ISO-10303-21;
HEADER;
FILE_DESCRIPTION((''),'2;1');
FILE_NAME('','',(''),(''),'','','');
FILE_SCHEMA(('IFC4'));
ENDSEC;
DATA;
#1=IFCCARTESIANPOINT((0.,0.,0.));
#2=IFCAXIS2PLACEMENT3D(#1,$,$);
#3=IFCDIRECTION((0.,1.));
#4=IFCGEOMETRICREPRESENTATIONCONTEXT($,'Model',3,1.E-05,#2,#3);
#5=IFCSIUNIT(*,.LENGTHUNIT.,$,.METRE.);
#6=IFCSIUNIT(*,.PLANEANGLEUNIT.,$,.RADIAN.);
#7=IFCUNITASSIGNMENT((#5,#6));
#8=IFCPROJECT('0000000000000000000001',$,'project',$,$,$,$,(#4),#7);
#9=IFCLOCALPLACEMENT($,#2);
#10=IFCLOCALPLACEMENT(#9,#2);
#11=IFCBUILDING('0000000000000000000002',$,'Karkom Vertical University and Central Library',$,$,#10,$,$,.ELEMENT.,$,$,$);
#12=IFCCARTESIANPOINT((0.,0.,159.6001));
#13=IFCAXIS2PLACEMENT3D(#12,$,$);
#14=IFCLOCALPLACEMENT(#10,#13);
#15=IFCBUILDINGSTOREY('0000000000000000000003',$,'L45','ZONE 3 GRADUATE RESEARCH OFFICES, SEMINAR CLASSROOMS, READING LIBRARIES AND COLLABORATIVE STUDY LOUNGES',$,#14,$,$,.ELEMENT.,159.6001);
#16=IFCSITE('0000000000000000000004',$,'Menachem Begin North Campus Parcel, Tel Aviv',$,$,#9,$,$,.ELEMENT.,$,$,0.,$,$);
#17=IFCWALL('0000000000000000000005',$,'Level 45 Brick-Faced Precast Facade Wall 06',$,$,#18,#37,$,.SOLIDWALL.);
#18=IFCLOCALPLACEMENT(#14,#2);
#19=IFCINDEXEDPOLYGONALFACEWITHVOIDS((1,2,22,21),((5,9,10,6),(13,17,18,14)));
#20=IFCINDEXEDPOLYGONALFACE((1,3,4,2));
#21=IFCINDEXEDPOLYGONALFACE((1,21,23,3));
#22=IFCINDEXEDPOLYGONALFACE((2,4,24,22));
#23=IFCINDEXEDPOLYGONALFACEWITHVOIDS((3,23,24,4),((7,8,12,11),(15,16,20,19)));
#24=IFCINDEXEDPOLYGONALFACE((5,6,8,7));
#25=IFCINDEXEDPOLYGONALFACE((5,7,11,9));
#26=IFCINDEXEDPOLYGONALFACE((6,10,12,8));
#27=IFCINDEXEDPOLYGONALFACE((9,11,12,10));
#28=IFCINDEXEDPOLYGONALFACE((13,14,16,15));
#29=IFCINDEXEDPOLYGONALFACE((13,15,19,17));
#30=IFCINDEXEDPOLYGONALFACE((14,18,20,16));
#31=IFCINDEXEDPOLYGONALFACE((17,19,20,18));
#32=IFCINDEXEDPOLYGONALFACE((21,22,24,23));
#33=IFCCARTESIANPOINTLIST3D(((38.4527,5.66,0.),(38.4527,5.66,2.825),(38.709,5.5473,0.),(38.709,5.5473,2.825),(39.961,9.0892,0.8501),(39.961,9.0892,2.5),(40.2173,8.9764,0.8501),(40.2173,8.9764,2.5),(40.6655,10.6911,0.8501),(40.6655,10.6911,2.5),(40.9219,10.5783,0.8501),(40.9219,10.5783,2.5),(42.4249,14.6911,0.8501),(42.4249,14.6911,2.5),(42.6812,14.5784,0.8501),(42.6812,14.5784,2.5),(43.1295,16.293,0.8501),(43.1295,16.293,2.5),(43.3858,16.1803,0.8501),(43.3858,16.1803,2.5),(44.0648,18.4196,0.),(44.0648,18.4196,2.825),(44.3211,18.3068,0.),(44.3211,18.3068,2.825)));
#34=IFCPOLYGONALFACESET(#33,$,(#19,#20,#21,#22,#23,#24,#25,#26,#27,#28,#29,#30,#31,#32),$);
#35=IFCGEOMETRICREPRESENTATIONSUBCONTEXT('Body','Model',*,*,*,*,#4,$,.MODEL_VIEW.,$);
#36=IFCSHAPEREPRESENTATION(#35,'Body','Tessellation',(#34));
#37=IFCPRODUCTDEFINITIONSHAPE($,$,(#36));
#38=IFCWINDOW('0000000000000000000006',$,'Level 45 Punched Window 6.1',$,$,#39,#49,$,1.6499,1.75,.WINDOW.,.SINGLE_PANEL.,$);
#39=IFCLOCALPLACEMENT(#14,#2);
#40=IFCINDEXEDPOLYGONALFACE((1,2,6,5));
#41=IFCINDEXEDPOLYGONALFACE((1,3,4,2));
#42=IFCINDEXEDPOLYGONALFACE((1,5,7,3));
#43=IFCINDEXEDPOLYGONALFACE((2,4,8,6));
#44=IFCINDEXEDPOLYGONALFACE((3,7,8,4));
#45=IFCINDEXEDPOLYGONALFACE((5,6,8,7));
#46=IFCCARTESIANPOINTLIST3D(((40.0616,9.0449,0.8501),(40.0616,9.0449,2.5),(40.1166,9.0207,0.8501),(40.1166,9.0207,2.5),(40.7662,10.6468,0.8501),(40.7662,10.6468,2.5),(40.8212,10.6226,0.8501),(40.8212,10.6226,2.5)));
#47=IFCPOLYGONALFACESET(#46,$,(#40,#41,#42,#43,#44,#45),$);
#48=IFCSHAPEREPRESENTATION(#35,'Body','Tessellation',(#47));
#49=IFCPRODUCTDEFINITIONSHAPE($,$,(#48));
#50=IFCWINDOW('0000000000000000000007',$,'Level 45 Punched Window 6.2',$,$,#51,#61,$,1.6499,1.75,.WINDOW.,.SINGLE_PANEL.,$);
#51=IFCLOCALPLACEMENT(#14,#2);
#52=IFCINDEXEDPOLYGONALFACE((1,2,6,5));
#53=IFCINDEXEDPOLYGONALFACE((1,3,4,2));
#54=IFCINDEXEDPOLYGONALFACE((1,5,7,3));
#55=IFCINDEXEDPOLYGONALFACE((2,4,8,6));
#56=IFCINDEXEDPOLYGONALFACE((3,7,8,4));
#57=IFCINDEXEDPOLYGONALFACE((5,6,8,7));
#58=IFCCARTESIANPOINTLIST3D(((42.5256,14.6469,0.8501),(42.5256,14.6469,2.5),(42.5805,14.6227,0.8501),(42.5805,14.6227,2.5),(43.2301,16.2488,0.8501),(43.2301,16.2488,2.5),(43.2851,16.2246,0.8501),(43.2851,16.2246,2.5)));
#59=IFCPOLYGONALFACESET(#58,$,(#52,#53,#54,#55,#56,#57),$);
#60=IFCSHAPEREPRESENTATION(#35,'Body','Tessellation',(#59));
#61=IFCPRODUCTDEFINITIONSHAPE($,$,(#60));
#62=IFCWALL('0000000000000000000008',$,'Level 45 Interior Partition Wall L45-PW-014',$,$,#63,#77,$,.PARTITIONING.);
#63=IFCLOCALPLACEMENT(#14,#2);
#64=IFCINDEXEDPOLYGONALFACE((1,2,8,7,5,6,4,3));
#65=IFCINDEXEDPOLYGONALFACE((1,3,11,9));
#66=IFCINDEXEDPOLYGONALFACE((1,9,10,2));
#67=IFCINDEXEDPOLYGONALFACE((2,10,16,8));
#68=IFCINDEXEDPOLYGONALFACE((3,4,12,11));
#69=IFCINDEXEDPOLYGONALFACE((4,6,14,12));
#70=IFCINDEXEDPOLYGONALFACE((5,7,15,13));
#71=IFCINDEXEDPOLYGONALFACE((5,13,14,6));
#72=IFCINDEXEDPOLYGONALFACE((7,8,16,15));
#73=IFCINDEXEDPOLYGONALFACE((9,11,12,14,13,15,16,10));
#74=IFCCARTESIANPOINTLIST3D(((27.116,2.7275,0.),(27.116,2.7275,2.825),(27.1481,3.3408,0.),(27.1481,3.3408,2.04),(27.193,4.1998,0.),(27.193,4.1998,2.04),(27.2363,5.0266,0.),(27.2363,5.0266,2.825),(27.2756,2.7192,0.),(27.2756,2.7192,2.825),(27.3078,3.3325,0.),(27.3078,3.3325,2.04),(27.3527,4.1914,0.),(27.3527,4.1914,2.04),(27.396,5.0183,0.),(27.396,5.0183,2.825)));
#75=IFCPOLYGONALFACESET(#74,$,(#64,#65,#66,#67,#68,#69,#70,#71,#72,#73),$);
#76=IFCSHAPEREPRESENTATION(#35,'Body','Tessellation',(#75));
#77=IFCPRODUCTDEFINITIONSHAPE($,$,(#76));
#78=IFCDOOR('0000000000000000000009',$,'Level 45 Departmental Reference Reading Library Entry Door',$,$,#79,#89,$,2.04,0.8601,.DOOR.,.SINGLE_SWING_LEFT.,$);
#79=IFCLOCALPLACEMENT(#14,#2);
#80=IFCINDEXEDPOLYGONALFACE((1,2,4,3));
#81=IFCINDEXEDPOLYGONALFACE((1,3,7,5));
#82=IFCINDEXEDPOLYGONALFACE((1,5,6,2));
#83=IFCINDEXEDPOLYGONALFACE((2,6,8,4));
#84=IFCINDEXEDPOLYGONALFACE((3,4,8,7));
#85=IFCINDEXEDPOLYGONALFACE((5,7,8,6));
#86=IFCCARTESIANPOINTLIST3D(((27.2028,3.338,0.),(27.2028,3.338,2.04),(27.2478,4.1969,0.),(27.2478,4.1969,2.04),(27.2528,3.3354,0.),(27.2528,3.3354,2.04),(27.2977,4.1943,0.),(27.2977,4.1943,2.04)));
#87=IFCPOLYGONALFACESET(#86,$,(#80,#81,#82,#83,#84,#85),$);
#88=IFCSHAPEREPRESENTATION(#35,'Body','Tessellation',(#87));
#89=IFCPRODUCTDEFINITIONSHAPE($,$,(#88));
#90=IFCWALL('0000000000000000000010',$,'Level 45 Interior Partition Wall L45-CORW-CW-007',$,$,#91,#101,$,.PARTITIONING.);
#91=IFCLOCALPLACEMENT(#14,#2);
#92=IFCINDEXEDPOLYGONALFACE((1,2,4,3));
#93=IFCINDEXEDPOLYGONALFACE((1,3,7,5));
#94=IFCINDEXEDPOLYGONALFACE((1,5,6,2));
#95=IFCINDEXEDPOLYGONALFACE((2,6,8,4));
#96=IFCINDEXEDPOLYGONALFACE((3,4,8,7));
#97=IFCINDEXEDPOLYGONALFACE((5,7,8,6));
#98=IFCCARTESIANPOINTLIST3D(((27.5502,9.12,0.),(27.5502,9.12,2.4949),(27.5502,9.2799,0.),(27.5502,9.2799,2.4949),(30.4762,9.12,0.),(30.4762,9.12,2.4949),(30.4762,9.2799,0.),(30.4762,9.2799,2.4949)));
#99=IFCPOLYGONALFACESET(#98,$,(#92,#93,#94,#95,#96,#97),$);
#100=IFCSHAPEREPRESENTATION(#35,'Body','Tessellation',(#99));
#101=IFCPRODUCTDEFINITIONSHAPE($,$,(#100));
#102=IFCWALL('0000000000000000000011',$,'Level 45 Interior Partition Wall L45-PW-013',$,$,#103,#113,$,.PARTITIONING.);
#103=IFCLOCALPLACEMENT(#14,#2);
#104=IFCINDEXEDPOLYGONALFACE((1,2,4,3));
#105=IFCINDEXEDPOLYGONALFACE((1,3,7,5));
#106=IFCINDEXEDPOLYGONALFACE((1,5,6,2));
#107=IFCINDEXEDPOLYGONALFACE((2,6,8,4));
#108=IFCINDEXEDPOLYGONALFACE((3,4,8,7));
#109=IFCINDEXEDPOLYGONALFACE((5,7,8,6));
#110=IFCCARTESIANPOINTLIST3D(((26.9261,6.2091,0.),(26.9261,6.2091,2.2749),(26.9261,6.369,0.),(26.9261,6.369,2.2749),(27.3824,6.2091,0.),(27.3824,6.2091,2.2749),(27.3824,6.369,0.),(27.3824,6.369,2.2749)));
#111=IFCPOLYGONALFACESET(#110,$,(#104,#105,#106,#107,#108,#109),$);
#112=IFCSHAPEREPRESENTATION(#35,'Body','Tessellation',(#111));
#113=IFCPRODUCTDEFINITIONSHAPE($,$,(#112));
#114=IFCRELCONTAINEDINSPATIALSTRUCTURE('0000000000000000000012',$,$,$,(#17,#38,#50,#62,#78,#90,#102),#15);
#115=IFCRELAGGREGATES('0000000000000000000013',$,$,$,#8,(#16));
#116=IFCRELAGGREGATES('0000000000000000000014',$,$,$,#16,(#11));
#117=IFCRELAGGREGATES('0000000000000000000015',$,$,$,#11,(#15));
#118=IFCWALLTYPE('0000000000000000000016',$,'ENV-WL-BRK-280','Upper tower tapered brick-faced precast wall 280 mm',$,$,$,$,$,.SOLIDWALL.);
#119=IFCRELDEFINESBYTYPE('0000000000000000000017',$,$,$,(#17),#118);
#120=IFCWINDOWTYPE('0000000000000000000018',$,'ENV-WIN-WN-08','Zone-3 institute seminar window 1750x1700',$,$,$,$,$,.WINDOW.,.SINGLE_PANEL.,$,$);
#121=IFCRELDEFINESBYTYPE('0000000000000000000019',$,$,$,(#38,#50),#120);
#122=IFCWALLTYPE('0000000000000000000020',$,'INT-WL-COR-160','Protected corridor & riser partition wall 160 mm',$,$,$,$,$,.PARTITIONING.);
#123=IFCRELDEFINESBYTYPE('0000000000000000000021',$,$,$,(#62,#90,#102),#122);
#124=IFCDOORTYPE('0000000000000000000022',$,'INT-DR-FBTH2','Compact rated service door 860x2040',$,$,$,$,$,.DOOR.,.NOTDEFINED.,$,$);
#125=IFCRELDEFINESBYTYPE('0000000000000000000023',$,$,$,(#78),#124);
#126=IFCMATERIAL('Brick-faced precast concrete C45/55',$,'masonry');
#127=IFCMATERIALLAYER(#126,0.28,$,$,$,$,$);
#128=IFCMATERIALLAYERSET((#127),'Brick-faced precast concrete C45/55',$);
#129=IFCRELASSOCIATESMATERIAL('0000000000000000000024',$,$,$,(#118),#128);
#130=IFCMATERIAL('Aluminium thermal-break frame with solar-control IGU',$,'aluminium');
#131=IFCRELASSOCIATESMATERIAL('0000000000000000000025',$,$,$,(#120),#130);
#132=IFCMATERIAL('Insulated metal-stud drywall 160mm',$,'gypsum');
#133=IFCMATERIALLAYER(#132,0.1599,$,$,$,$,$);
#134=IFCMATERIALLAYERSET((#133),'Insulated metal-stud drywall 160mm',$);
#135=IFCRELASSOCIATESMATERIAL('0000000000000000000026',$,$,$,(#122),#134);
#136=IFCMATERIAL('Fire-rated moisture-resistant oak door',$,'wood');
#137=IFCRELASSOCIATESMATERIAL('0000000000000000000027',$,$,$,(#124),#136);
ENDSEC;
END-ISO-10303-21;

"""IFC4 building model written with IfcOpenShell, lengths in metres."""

from ifc_helpers import new_model, si_unit, direction, frame, frame_2d, origin, origin_with_axes, place, context, subcontext, project, spatial, rectangle, extrude, source, transform, mapped, material, layer, layer_set, type_object, element, fill, save


model = new_model("IFC4")

# Units and contexts
model_context = context("Model", 3, precision=1e-05, world=origin(), true_north=direction((0.0, 1.0)))
body_context = subcontext(model_context, "Body", "Model", "MODEL_VIEW")
ifc_project = project(units=[si_unit("LENGTHUNIT", "METRE"), si_unit("PLANEANGLEUNIT", "RADIAN")], contexts=[model_context])

# Site, building, storey
site_placement = place(None, origin())
site = spatial("IfcSite", under=ifc_project, at=site_placement, Name="Menachem Begin North Campus Parcel, Tel Aviv", CompositionType="ELEMENT", RefElevation=0.0)
building_placement = place(site_placement, origin())
building = spatial("IfcBuilding", under=site, at=building_placement, Name="Karkom Vertical University and Central Library", CompositionType="ELEMENT")
storey_placement = place(building_placement, frame((0.0, 0.0, 159.6001)))
storey = spatial("IfcBuildingStorey", under=building, at=storey_placement, Name="L45", Description="ZONE 3 GRADUATE RESEARCH OFFICES, SEMINAR CLASSROOMS, READING LIBRARIES AND COLLABORATIVE STUDY LOUNGES", CompositionType="ELEMENT", Elevation=159.6001)

# Wall, openings, windows
ifc_material_1 = material(Name="Brick-faced precast concrete C45/55", Category="masonry")
ifc_layer_1 = layer(ifc_material_1, 0.28)
ifc_layer_set_1 = layer_set([ifc_layer_1], Name="Brick-faced precast concrete C45/55")
wall_type_1 = type_object("IfcWallType", Name="ENV-WL-BRK-280", Description="Upper tower tapered brick-faced precast wall 280 mm", PredefinedType="SOLIDWALL", material=ifc_layer_set_1)
ifc_material_2 = material(Name="Aluminium thermal-break frame with solar-control IGU", Category="aluminium")
window_type_1 = type_object("IfcWindowType", Name="ENV-WIN-WN-08", Description="Zone-3 institute seminar window 1750x1700", PartitioningType="SINGLE_PANEL", PredefinedType="WINDOW", material=ifc_material_2)
shared_shape_1 = source(origin_with_axes(), body_context, "Body", "SweptSolid", [
    extrude(rectangle(XDim=1.75, YDim=1.6499, at=frame_2d((0.875, 0.825))), frame((0.0, 0.03, 0.0), z_axis=(0.0, -1.0, 0.0), x_axis=(1.0, 0.0, 0.0)), (0.0, 0.0, 1.0), 0.0601),
])
wall_1_placement = place(storey_placement, frame((38.5808, 5.6035, 0.0), z_axis=(0.0, 0.0, 1.0), x_axis=(0.402611, 0.915371, 0.0)))
wall_1 = element("IfcWall", 1, at=wall_1_placement, inside=storey, type_object=wall_type_1, Name="Level 45 Brick-Faced Precast Facade Wall 06", PredefinedType="SOLIDWALL", context=body_context, shape_type="SweptSolid", body=[
    extrude(rectangle(XDim=13.9392, YDim=0.28, at=frame_2d((6.9697, 0.0))), origin(), (0.0, 0.0, 1.0), 2.825),
])
opening_1_placement = place(wall_1_placement, frame((3.7463, 0.0, 0.8501)))
opening_1 = element("IfcOpeningElement", 2, at=opening_1_placement, cuts=wall_1, PredefinedType="OPENING", context=body_context, shape_type="SweptSolid", body=[
    extrude(rectangle(XDim=1.75, YDim=1.6499, at=frame_2d((0.875, 0.825))), frame((0.0, 0.1499, 0.0), z_axis=(0.0, -1.0, 0.0), x_axis=(1.0, 0.0, 0.0)), (0.0, 0.0, 1.0), 0.3),
])
opening_2_placement = place(wall_1_placement, frame((9.8662, 0.0, 0.8501)))
opening_2 = element("IfcOpeningElement", 3, at=opening_2_placement, cuts=wall_1, PredefinedType="OPENING", context=body_context, shape_type="SweptSolid", body=[
    extrude(rectangle(XDim=1.75, YDim=1.6499, at=frame_2d((0.875, 0.825))), frame((0.0, 0.1499, 0.0), z_axis=(0.0, -1.0, 0.0), x_axis=(1.0, 0.0, 0.0)), (0.0, 0.0, 1.0), 0.3),
])
window_1_placement = place(opening_1_placement, origin())
window_1 = element("IfcWindow", 4, at=window_1_placement, inside=storey, type_object=window_type_1, Name="Level 45 Punched Window 6.1", OverallHeight=1.6499, OverallWidth=1.75, PartitioningType="SINGLE_PANEL", PredefinedType="WINDOW", context=body_context, shape_type="MappedRepresentation", body=[
    mapped(shared_shape_1, transform((0.0, 0.0, 0.0), scale=1.0)),
])
fill(opening_1, window_1)
window_2_placement = place(opening_2_placement, origin())
window_2 = element("IfcWindow", 5, at=window_2_placement, inside=storey, type_object=window_type_1, Name="Level 45 Punched Window 6.2", OverallHeight=1.6499, OverallWidth=1.75, PartitioningType="SINGLE_PANEL", PredefinedType="WINDOW", context=body_context, shape_type="MappedRepresentation", body=[
    mapped(shared_shape_1, transform((0.0, 0.0, 0.0), scale=1.0)),
])
fill(opening_2, window_2)

# Shared definitions
ifc_material_3 = material(Name="Insulated metal-stud drywall 160mm", Category="gypsum")
ifc_layer_2 = layer(ifc_material_3, 0.1599)
ifc_layer_set_2 = layer_set([ifc_layer_2], Name="Insulated metal-stud drywall 160mm")
wall_type_2 = type_object("IfcWallType", Name="INT-WL-COR-160", Description="Protected corridor & riser partition wall 160 mm", PredefinedType="PARTITIONING", material=ifc_layer_set_2)

# Wall, opening, door
wall_2_placement = place(storey_placement, frame((27.3162, 5.0225, 0.0), z_axis=(0.0, 0.0, 1.0), x_axis=(-0.052281, -0.998632, 0.0)))
wall_2 = element("IfcWall", 6, at=wall_2_placement, inside=storey, type_object=wall_type_2, Name="Level 45 Interior Partition Wall L45-PW-014", PredefinedType="PARTITIONING", context=body_context, shape_type="SweptSolid", body=[
    extrude(rectangle(XDim=2.3022, YDim=0.1599, at=frame_2d((1.1511, 0.0))), origin(), (0.0, 0.0, 1.0), 2.825),
])
opening_3_placement = place(wall_2_placement, frame((0.8279, 0.0, 0.0)))
opening_3 = element("IfcOpeningElement", 7, at=opening_3_placement, cuts=wall_2, PredefinedType="OPENING", context=body_context, shape_type="SweptSolid", body=[
    extrude(rectangle(XDim=0.8601, YDim=2.04, at=frame_2d((0.4302, 1.02))), frame((0.0, 0.0898, 0.0), z_axis=(0.0, -1.0, 0.0), x_axis=(1.0, 0.0, 0.0)), (0.0, 0.0, 1.0), 0.1799),
])
ifc_material_4 = material(Name="Fire-rated moisture-resistant oak door", Category="wood")
door_type_1 = type_object("IfcDoorType", Name="INT-DR-FBTH2", Description="Compact rated service door 860x2040", OperationType="NOTDEFINED", PredefinedType="DOOR", material=ifc_material_4)
shared_shape_2 = source(origin_with_axes(), body_context, "Body", "SweptSolid", [
    extrude(rectangle(XDim=0.8601, YDim=2.04, at=frame_2d((0.4302, 1.02))), frame((0.0, 0.0249, 0.0), z_axis=(0.0, -1.0, 0.0), x_axis=(1.0, 0.0, 0.0)), (0.0, 0.0, 1.0), 0.05),
])
door_1_placement = place(opening_3_placement, origin())
door_1 = element("IfcDoor", 8, at=door_1_placement, inside=storey, type_object=door_type_1, Name="Level 45 Departmental Reference Reading Library Entry Door", OperationType="SINGLE_SWING_LEFT", OverallHeight=2.04, OverallWidth=0.8601, PredefinedType="DOOR", context=body_context, shape_type="MappedRepresentation", body=[
    mapped(shared_shape_2, transform((0.0, 0.0, 0.0), scale=1.0)),
])
fill(opening_3, door_1)

# Walls
wall_3_placement = place(storey_placement, frame((30.4761, 9.2, 0.0), z_axis=(0.0, 0.0, 1.0), x_axis=(-1.0, 0.0, 0.0)))
element("IfcWall", 9, at=wall_3_placement, inside=storey, type_object=wall_type_2, Name="Level 45 Interior Partition Wall L45-CORW-CW-007", PredefinedType="PARTITIONING", context=body_context, shape_type="SweptSolid", body=[
    extrude(rectangle(XDim=2.926, YDim=0.1599, at=frame_2d((1.4629, 0.0))), origin(), (0.0, 0.0, 1.0), 2.4949),
])
wall_4_placement = place(storey_placement, frame((27.3823, 6.2891, 0.0), z_axis=(0.0, 0.0, 1.0), x_axis=(-1.0, 0.0, 0.0)))
element("IfcWall", 10, at=wall_4_placement, inside=storey, type_object=wall_type_2, Name="Level 45 Interior Partition Wall L45-PW-013", PredefinedType="PARTITIONING", context=body_context, shape_type="SweptSolid", body=[
    extrude(rectangle(XDim=0.4563, YDim=0.1599, at=frame_2d((0.228, 0.0))), origin(), (0.0, 0.0, 1.0), 2.2749),
])

save(model, "model.ifc")
